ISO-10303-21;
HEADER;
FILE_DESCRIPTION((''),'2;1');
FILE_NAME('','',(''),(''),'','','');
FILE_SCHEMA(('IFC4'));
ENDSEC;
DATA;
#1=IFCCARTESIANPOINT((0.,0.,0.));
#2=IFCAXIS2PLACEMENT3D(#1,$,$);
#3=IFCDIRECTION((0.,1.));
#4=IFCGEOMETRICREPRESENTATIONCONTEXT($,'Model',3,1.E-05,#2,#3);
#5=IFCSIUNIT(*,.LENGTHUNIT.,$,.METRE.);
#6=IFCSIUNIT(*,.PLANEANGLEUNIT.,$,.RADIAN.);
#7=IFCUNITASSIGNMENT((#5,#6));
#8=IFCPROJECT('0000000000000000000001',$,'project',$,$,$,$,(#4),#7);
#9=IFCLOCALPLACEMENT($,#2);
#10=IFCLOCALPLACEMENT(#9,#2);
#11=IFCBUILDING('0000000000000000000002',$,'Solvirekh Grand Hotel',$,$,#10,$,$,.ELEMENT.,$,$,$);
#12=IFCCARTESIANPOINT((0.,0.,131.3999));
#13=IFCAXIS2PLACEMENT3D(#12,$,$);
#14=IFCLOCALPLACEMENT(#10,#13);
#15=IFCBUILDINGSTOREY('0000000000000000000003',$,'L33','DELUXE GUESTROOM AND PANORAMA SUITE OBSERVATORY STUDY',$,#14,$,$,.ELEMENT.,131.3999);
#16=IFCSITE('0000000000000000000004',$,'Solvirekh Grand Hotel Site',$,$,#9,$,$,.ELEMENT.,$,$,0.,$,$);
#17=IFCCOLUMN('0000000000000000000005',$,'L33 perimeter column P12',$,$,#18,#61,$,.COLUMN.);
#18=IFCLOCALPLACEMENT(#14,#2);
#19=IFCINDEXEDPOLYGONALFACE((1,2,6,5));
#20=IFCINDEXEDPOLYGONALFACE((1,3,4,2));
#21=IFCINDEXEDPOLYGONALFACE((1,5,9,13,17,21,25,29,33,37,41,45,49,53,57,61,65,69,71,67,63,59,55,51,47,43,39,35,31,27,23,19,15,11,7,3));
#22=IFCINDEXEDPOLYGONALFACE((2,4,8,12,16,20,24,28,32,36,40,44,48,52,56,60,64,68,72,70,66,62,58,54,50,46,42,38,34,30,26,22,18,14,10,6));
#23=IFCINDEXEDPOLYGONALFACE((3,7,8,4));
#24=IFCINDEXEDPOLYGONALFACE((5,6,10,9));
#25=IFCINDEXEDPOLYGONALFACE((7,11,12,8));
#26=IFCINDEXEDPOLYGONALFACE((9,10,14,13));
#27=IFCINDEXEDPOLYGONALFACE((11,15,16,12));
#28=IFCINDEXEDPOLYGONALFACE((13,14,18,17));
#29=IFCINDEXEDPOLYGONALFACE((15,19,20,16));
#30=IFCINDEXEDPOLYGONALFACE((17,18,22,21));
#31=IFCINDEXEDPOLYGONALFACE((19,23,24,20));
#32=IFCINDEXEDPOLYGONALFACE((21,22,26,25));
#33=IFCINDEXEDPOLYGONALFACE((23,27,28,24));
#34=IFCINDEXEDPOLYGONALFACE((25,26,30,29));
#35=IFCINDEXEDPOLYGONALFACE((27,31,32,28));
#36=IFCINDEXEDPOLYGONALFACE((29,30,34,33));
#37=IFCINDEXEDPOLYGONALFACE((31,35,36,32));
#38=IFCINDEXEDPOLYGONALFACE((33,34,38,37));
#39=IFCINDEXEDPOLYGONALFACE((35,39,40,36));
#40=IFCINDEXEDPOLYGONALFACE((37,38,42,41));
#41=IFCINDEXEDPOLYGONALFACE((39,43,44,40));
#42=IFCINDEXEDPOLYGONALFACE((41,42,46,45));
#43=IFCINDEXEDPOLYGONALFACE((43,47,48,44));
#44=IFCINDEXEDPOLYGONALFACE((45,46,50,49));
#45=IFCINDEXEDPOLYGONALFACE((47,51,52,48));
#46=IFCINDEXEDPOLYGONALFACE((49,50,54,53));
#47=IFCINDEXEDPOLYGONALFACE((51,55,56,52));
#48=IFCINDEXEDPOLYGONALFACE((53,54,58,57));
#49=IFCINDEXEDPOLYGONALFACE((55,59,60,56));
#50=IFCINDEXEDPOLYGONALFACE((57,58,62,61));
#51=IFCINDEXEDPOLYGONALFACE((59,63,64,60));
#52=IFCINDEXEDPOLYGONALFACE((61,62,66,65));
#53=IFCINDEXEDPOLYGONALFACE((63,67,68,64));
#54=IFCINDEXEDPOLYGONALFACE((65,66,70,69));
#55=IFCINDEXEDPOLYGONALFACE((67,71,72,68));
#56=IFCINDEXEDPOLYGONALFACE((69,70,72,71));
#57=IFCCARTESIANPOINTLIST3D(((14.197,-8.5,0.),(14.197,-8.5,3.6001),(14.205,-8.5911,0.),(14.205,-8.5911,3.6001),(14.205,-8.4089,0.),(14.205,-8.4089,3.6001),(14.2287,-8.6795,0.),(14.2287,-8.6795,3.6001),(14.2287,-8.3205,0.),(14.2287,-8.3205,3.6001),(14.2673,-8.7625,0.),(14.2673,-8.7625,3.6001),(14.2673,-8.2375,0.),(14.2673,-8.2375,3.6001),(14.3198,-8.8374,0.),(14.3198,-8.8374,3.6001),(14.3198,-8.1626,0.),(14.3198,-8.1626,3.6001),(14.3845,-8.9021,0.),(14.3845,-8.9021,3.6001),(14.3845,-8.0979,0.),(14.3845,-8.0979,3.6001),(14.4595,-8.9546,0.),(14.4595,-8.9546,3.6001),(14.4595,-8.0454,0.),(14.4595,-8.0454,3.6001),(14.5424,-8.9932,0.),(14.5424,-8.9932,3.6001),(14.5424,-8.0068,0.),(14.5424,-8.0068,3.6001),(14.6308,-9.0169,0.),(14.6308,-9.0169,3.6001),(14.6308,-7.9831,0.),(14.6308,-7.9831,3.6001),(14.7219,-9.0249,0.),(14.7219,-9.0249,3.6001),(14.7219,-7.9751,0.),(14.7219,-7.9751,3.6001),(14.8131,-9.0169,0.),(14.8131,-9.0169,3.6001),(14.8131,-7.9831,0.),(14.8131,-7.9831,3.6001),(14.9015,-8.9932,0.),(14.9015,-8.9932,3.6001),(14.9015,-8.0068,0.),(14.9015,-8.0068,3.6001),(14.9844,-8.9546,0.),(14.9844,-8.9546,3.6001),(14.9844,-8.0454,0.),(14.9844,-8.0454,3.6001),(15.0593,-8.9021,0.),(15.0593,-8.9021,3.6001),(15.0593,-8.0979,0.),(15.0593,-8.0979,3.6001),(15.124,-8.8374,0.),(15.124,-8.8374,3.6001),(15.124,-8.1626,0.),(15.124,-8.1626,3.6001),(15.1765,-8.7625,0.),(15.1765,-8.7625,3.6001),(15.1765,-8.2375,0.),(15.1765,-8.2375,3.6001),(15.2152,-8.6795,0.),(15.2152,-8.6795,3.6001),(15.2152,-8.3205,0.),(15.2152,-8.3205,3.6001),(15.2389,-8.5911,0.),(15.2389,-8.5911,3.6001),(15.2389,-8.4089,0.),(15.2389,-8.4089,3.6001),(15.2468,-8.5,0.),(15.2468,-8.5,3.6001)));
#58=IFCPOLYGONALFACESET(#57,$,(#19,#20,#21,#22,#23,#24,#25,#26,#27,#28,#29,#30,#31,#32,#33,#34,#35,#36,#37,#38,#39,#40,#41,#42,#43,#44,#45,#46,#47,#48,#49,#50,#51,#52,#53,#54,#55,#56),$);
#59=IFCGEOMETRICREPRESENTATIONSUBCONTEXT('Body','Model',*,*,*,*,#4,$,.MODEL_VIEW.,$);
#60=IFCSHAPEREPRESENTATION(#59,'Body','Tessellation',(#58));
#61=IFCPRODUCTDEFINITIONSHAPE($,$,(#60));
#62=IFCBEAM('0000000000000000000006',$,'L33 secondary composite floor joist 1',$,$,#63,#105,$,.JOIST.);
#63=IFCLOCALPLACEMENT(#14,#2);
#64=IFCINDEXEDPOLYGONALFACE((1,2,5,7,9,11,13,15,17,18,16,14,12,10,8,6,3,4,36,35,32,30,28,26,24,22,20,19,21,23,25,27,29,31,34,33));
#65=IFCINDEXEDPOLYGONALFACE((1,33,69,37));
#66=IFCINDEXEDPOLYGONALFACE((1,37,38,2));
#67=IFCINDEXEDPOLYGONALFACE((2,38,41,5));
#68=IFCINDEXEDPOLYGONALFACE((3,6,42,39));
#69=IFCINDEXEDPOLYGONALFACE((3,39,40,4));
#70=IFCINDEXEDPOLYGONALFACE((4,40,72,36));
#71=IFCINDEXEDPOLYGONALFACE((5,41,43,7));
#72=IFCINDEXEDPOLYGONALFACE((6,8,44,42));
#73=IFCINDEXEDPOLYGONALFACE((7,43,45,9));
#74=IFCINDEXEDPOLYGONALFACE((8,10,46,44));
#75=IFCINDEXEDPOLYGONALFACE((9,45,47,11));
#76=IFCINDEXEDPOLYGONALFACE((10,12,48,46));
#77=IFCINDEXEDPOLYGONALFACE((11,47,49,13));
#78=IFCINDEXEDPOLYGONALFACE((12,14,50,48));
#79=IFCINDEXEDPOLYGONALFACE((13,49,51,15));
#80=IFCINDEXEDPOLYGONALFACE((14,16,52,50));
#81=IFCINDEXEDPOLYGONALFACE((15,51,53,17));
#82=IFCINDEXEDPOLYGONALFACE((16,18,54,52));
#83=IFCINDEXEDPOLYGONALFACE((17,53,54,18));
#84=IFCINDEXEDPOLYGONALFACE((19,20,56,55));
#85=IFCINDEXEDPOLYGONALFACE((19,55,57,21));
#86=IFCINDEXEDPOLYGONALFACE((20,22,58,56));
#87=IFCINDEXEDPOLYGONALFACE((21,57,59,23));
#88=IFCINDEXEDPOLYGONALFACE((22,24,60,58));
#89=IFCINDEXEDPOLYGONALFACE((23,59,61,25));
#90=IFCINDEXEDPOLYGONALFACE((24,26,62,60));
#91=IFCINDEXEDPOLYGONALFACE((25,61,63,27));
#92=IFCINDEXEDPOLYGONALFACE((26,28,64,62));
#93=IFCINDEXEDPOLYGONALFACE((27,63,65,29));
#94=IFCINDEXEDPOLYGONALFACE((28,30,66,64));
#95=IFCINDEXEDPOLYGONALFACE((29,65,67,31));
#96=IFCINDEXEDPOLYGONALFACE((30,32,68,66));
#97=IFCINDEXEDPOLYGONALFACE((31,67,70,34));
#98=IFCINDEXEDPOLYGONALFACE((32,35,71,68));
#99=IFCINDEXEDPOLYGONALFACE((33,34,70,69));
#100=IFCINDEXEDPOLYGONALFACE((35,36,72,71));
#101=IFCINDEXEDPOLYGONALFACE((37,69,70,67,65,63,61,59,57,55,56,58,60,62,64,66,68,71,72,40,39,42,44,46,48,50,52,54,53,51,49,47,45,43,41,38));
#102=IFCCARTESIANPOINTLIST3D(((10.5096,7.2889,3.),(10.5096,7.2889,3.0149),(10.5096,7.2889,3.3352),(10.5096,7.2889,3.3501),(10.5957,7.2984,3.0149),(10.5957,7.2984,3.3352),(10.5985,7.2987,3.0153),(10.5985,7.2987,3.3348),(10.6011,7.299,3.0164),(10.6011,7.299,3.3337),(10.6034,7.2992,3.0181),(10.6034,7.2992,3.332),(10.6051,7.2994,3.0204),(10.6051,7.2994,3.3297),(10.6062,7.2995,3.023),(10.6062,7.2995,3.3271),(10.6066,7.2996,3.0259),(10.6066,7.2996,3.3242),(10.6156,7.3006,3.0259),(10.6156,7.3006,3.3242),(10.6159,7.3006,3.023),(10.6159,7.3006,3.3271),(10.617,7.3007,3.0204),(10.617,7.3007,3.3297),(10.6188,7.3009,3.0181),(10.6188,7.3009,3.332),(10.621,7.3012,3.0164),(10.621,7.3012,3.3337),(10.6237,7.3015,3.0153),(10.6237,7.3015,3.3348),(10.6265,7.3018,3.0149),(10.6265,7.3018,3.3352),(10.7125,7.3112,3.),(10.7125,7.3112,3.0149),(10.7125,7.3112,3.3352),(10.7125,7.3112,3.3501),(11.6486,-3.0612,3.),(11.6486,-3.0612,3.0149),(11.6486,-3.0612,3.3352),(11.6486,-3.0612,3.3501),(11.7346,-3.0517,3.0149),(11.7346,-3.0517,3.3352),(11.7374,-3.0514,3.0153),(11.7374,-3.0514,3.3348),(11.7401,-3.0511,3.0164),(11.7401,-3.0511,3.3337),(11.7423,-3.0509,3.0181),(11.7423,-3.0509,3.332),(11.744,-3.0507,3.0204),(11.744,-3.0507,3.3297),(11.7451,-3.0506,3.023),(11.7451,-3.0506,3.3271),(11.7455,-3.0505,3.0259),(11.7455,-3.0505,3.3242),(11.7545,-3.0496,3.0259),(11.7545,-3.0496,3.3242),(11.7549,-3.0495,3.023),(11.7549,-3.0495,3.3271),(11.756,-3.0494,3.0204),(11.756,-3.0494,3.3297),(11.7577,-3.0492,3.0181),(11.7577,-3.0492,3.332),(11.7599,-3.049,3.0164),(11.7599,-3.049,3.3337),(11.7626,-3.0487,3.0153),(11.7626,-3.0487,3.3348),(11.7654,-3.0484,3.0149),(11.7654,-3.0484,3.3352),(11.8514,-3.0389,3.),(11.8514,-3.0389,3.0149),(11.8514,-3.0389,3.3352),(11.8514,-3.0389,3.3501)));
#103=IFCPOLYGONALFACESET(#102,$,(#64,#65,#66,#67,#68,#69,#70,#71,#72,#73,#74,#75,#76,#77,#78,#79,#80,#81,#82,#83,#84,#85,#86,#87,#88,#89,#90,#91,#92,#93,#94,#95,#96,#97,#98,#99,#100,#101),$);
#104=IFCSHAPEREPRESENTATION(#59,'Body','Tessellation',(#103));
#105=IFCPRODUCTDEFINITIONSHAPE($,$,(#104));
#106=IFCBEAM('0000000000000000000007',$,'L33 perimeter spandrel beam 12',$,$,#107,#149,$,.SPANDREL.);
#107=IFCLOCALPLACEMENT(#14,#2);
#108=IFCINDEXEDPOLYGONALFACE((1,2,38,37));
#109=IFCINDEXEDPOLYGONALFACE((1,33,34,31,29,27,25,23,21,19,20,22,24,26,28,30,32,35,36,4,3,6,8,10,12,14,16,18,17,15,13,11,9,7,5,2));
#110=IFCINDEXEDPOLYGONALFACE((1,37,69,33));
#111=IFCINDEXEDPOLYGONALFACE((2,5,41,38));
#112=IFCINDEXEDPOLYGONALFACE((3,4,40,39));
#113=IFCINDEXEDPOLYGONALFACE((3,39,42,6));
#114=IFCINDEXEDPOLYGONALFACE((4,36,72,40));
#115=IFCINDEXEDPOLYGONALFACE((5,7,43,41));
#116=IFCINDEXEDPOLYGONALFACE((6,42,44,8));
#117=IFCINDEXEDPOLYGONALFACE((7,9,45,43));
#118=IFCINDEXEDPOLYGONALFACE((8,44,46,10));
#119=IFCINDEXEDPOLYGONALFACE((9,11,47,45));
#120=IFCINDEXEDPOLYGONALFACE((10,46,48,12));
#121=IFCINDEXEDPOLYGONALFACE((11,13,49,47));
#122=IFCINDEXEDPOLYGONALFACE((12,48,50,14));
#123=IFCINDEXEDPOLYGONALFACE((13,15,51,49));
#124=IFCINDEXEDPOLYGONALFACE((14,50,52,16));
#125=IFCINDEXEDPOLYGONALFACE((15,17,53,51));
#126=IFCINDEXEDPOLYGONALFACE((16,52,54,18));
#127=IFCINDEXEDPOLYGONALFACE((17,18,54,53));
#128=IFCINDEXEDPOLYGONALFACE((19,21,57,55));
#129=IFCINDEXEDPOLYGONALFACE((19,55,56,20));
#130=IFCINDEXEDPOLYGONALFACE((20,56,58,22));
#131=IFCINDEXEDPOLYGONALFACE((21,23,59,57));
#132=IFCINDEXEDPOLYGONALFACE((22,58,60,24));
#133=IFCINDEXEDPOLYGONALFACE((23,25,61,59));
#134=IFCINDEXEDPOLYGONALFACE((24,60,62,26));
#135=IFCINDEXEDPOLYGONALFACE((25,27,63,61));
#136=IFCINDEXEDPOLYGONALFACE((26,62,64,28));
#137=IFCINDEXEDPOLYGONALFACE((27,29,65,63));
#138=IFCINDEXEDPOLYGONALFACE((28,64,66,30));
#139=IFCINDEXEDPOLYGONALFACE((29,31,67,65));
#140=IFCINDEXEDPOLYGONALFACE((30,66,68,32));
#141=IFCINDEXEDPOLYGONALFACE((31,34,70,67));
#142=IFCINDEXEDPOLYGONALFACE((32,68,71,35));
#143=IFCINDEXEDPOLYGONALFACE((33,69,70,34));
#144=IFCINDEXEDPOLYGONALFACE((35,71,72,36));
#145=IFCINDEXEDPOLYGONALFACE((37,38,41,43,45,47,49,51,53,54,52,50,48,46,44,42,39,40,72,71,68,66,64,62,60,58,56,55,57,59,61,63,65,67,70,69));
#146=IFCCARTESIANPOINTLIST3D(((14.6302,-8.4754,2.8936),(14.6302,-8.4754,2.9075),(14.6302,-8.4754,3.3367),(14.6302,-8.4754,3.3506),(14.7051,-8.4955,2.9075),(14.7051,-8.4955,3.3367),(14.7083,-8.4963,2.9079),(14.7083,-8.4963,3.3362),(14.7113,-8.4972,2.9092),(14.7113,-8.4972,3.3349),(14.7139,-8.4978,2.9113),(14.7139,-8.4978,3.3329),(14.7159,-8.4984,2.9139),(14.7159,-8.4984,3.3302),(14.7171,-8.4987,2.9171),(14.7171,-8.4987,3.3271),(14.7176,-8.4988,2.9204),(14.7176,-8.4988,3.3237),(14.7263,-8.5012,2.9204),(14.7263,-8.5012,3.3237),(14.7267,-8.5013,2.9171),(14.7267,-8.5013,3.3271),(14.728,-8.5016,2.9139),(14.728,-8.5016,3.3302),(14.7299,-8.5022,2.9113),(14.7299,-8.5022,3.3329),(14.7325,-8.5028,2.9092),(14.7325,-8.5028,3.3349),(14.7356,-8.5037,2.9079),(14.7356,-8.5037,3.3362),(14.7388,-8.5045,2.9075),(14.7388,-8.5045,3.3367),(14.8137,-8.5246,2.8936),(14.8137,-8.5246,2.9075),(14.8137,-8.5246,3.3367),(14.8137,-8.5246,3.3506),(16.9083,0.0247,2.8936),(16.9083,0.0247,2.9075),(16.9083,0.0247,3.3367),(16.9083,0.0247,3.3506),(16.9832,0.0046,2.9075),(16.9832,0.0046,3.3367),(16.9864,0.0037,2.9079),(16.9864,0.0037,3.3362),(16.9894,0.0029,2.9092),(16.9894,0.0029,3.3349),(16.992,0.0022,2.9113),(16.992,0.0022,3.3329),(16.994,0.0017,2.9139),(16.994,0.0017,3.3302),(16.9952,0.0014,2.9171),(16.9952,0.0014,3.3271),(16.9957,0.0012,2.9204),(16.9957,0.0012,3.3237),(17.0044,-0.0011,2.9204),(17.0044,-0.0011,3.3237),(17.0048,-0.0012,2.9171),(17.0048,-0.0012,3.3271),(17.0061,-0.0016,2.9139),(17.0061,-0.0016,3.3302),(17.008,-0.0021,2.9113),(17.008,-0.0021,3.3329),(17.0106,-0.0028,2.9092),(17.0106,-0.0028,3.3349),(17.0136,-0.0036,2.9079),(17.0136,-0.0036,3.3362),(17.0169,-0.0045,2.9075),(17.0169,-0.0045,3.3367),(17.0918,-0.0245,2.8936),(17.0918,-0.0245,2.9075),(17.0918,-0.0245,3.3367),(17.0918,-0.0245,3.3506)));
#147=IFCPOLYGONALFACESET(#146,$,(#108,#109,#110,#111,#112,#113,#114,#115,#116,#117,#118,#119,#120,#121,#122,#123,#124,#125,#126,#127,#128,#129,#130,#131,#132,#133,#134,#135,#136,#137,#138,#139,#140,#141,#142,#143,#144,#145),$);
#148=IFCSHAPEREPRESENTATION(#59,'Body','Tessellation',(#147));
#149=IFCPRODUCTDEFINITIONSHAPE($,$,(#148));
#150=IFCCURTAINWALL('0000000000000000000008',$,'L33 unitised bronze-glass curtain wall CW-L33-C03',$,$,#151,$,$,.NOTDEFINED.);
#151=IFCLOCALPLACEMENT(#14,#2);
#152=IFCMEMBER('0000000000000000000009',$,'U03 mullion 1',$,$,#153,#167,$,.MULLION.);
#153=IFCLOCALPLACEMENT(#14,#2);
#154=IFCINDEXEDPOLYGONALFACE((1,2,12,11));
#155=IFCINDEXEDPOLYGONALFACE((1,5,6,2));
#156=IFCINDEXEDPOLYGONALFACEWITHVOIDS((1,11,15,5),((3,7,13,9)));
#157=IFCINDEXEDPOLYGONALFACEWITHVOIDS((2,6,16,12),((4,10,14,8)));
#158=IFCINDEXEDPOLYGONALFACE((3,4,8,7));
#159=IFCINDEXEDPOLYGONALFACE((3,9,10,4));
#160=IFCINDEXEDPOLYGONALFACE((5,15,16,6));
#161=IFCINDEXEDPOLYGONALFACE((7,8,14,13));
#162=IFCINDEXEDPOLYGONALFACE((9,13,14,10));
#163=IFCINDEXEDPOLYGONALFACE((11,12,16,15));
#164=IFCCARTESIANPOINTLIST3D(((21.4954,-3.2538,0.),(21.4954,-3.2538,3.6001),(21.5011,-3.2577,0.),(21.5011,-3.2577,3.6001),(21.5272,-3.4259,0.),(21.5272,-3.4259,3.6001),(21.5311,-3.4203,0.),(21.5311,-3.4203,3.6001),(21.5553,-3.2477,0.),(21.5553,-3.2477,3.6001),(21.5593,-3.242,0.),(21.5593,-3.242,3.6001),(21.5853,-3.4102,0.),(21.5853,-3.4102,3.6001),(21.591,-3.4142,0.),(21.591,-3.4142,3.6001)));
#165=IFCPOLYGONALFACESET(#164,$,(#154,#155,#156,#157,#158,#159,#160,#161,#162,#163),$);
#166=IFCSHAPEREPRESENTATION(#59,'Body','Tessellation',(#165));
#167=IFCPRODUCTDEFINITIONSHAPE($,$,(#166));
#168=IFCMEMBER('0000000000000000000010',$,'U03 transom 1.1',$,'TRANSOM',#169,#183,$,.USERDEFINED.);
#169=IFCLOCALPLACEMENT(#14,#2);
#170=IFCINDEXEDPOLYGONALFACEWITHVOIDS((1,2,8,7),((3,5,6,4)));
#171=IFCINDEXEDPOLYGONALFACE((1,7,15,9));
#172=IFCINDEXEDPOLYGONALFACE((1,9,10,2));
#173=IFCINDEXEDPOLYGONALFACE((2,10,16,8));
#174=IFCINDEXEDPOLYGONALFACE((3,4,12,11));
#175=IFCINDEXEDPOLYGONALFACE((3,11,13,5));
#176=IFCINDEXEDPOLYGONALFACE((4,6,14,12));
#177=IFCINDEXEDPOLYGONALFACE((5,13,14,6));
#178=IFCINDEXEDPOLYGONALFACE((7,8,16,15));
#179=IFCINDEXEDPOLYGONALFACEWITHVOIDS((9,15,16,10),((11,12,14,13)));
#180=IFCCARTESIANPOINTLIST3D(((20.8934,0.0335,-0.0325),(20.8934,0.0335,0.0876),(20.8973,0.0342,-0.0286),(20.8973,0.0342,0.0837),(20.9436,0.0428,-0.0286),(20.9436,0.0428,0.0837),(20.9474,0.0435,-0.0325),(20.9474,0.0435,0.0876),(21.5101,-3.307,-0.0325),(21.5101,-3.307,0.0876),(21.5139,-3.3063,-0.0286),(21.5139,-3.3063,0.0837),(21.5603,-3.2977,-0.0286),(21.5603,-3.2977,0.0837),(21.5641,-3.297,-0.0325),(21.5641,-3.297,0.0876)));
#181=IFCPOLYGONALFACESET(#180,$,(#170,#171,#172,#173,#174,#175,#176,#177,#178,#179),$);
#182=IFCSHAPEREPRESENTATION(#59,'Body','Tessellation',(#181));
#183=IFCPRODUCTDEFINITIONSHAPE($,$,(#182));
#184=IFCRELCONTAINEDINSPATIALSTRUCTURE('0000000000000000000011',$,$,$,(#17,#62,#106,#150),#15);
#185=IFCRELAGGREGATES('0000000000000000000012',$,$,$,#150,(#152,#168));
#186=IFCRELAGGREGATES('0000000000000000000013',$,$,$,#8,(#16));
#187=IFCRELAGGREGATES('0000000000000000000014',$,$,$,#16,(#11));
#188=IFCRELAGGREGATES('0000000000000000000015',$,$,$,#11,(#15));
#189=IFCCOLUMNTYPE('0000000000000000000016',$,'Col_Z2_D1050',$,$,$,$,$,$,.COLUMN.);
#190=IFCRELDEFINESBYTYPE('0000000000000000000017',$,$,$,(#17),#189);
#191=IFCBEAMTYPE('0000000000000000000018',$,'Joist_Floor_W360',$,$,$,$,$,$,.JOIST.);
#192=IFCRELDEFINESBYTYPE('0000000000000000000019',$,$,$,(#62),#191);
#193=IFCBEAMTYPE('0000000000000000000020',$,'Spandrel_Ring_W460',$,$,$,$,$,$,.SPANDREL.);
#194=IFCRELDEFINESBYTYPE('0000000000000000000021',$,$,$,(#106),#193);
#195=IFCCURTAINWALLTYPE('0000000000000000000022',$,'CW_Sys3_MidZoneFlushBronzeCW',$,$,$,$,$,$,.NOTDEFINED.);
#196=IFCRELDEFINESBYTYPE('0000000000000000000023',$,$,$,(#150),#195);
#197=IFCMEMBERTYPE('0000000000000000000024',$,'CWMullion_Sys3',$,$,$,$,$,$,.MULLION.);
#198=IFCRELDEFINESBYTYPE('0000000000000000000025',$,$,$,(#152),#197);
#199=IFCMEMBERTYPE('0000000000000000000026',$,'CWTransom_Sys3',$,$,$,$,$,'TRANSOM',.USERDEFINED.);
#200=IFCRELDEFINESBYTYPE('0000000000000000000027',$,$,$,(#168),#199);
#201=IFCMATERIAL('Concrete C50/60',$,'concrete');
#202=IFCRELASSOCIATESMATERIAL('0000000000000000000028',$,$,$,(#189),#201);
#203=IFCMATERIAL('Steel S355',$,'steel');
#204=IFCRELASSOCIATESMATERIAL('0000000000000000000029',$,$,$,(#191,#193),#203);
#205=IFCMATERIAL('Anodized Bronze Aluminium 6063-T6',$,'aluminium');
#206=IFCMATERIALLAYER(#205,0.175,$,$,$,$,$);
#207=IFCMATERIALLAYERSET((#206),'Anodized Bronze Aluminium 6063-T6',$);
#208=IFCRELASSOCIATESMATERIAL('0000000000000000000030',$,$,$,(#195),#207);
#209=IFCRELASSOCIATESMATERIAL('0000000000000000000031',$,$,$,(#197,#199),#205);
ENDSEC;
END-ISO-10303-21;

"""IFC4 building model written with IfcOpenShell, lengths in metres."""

from ifc_helpers import new_model, si_unit, direction, frame, origin, origin_2d, place, context, subcontext, project, spatial, hollow_rectangle, circle, i_section, extrude, source, transform, mapped, material, layer, layer_set, material_profile, profile_set, type_object, element, aggregate, save


model = new_model("IFC4")

# Units and contexts
model_context = context("Model", 3, precision=1e-05, world=origin(), true_north=direction((0.0, 1.0)))
body_context = subcontext(model_context, "Body", "Model", "MODEL_VIEW")
ifc_project = project(units=[si_unit("LENGTHUNIT", "METRE"), si_unit("PLANEANGLEUNIT", "RADIAN")], contexts=[model_context])

# Site, building, storey
site_placement = place(None, origin())
site = spatial("IfcSite", under=ifc_project, at=site_placement, Name="Solvirekh Grand Hotel Site", CompositionType="ELEMENT", RefElevation=0.0)
building_placement = place(site_placement, origin())
building = spatial("IfcBuilding", under=site, at=building_placement, Name="Solvirekh Grand Hotel", CompositionType="ELEMENT")
storey_placement = place(building_placement, frame((0.0, 0.0, 131.3999)))
storey = spatial("IfcBuildingStorey", under=building, at=storey_placement, Name="L33", Description="DELUXE GUESTROOM AND PANORAMA SUITE OBSERVATORY STUDY", CompositionType="ELEMENT", Elevation=131.3999)

# Column
ifc_material_1 = material(Name="Concrete C50/60", Category="concrete")
ifc_material_profile_1 = material_profile(ifc_material_1, circle(Radius=0.5249, at=origin_2d()), Name="RC CIRC D1050")
ifc_profile_set_1 = profile_set([ifc_material_profile_1], Name="Concrete C50/60")
column_type = type_object("IfcColumnType", Name="Col_Z2_D1050", PredefinedType="COLUMN", material=ifc_profile_set_1)
column_placement = place(storey_placement, frame((14.7219, -8.5, 0.0), z_axis=(0.0, 0.0, 1.0), x_axis=(1.0, 0.0, 0.0)))
element("IfcColumn", 1, at=column_placement, inside=storey, type_object=column_type, Name="L33 perimeter column P12", PredefinedType="COLUMN", context=body_context, shape_type="SweptSolid", body=[
    extrude(circle(Radius=0.5249, at=origin_2d()), origin(), (0.0, 0.0, 1.0), 3.6001),
])

# Beams
ifc_material_2 = material(Name="Steel S355", Category="steel")
ifc_material_profile_2 = material_profile(ifc_material_2, i_section(OverallWidth=0.2041, OverallDepth=0.3501, WebThickness=0.009, FlangeThickness=0.0149, FilletRadius=0.011, at=origin_2d()), Name="W360X72")
ifc_profile_set_2 = profile_set([ifc_material_profile_2], Name="Steel S355")
beam_type_1 = type_object("IfcBeamType", Name="Joist_Floor_W360", PredefinedType="JOIST", material=ifc_profile_set_2)
beam_1_placement = place(storey_placement, frame((11.75, -3.05, 3.175), z_axis=(-0.109379, 0.994, 0.0), x_axis=(-0.994, -0.109379, 0.0)))
element("IfcBeam", 2, at=beam_1_placement, inside=storey, type_object=beam_type_1, Name="L33 secondary composite floor joist 1", PredefinedType="JOIST", context=body_context, shape_type="SweptSolid", body=[
    extrude(i_section(OverallWidth=0.2041, OverallDepth=0.3501, WebThickness=0.009, FlangeThickness=0.0149, FilletRadius=0.011, at=origin_2d()), origin(), (0.0, 0.0, 1.0), 10.4126),
])
ifc_material_profile_3 = material_profile(ifc_material_2, i_section(OverallWidth=0.1899, OverallDepth=0.457, WebThickness=0.009, FlangeThickness=0.0139, FilletRadius=0.0129, at=origin_2d()), Name="W460X74")
ifc_profile_set_3 = profile_set([ifc_material_profile_3], Name="Steel S355")
beam_type_2 = type_object("IfcBeamType", Name="Spandrel_Ring_W460", PredefinedType="SPANDREL", material=ifc_profile_set_3)
beam_2_placement = place(storey_placement, frame((14.7219, -8.5, 3.1221), z_axis=(0.258873, 0.965911, 0.0), x_axis=(-0.965911, 0.258873, 0.0)))
element("IfcBeam", 3, at=beam_2_placement, inside=storey, type_object=beam_type_2, Name="L33 perimeter spandrel beam 12", PredefinedType="SPANDREL", context=body_context, shape_type="SweptSolid", body=[
    extrude(i_section(OverallWidth=0.1899, OverallDepth=0.457, WebThickness=0.009, FlangeThickness=0.0139, FilletRadius=0.0129, at=origin_2d()), origin(), (0.0, 0.0, 1.0), 8.8),
])

# Curtain wall, members
ifc_material_3 = material(Name="Anodized Bronze Aluminium 6063-T6", Category="aluminium")
ifc_layer_1 = layer(ifc_material_3, 0.175)
ifc_layer_set_1 = layer_set([ifc_layer_1], Name="Anodized Bronze Aluminium 6063-T6")
curtain_wall_type = type_object("IfcCurtainWallType", Name="CW_Sys3_MidZoneFlushBronzeCW", PredefinedType="NOTDEFINED", material=ifc_layer_set_1)
curtain_wall_placement = place(storey_placement, origin())
curtain_wall = element("IfcCurtainWall", 4, at=curtain_wall_placement, inside=storey, type_object=curtain_wall_type, Name="L33 unitised bronze-glass curtain wall CW-L33-C03", PredefinedType="NOTDEFINED")
ifc_material_profile_4 = material_profile(ifc_material_3, hollow_rectangle(XDim=0.0649, YDim=0.175, WallThickness=0.0049, at=origin_2d()), Name="ALU RHS 175X65X5")
ifc_profile_set_4 = profile_set([ifc_material_profile_4], Name="Anodized Bronze Aluminium 6063-T6")
member_type_1 = type_object("IfcMemberType", Name="CWMullion_Sys3", PredefinedType="MULLION", material=ifc_profile_set_4)
shared_shape_1 = source(origin(), body_context, "Body", "SweptSolid", [
    extrude(hollow_rectangle(XDim=0.0649, YDim=0.175, WallThickness=0.0049, at=origin_2d()), origin(), (0.0, 0.0, 1.0), 3.6001),
])
member_1_placement = place(storey_placement, frame((21.5432, -3.334, 0.0), z_axis=(0.0, 0.0, 1.0), x_axis=(-0.983379, -0.181567, 0.0)))
member_1 = element("IfcMember", 5, at=member_1_placement, type_object=member_type_1, Name="U03 mullion 1", PredefinedType="MULLION", context=body_context, shape_type="MappedRepresentation", body=[
    mapped(shared_shape_1, transform((0.0, 0.0, 0.0), x_axis=(1.0, 0.0, 0.0), y_axis=(0.0, 1.0, 0.0), z_axis=(0.0, 0.0, 1.0), scale=1.0)),
])
ifc_material_profile_5 = material_profile(ifc_material_3, hollow_rectangle(XDim=0.0549, YDim=0.1201, WallThickness=0.0039, at=origin_2d()), Name="ALU RHS 120X55X4")
ifc_profile_set_5 = profile_set([ifc_material_profile_5], Name="Anodized Bronze Aluminium 6063-T6")
member_type_2 = type_object("IfcMemberType", Name="CWTransom_Sys3", ElementType="TRANSOM", PredefinedType="USERDEFINED", material=ifc_profile_set_5)
shared_shape_2 = source(origin(), body_context, "Body", "SweptSolid", [
    extrude(hollow_rectangle(XDim=0.0549, YDim=0.1201, WallThickness=0.0039, at=origin_2d()), origin(), (0.0, 0.0, 1.0), 3.397),
])
member_2_placement = place(storey_placement, frame((21.5371, -3.302, 0.0276), z_axis=(-0.181541, 0.983383, 0.0), x_axis=(-0.983383, -0.181541, 0.0)))
member_2 = element("IfcMember", 6, at=member_2_placement, type_object=member_type_2, Name="U03 transom 1.1", ObjectType="TRANSOM", PredefinedType="USERDEFINED", context=body_context, shape_type="MappedRepresentation", body=[
    mapped(shared_shape_2, transform((0.0, 0.0, 0.0), x_axis=(1.0, 0.0, 0.0), y_axis=(0.0, 1.0, 0.0), z_axis=(0.0, 0.0, 1.0), scale=1.0)),
])
aggregate(curtain_wall, [member_1, member_2])

save(model, "model.ifc")
